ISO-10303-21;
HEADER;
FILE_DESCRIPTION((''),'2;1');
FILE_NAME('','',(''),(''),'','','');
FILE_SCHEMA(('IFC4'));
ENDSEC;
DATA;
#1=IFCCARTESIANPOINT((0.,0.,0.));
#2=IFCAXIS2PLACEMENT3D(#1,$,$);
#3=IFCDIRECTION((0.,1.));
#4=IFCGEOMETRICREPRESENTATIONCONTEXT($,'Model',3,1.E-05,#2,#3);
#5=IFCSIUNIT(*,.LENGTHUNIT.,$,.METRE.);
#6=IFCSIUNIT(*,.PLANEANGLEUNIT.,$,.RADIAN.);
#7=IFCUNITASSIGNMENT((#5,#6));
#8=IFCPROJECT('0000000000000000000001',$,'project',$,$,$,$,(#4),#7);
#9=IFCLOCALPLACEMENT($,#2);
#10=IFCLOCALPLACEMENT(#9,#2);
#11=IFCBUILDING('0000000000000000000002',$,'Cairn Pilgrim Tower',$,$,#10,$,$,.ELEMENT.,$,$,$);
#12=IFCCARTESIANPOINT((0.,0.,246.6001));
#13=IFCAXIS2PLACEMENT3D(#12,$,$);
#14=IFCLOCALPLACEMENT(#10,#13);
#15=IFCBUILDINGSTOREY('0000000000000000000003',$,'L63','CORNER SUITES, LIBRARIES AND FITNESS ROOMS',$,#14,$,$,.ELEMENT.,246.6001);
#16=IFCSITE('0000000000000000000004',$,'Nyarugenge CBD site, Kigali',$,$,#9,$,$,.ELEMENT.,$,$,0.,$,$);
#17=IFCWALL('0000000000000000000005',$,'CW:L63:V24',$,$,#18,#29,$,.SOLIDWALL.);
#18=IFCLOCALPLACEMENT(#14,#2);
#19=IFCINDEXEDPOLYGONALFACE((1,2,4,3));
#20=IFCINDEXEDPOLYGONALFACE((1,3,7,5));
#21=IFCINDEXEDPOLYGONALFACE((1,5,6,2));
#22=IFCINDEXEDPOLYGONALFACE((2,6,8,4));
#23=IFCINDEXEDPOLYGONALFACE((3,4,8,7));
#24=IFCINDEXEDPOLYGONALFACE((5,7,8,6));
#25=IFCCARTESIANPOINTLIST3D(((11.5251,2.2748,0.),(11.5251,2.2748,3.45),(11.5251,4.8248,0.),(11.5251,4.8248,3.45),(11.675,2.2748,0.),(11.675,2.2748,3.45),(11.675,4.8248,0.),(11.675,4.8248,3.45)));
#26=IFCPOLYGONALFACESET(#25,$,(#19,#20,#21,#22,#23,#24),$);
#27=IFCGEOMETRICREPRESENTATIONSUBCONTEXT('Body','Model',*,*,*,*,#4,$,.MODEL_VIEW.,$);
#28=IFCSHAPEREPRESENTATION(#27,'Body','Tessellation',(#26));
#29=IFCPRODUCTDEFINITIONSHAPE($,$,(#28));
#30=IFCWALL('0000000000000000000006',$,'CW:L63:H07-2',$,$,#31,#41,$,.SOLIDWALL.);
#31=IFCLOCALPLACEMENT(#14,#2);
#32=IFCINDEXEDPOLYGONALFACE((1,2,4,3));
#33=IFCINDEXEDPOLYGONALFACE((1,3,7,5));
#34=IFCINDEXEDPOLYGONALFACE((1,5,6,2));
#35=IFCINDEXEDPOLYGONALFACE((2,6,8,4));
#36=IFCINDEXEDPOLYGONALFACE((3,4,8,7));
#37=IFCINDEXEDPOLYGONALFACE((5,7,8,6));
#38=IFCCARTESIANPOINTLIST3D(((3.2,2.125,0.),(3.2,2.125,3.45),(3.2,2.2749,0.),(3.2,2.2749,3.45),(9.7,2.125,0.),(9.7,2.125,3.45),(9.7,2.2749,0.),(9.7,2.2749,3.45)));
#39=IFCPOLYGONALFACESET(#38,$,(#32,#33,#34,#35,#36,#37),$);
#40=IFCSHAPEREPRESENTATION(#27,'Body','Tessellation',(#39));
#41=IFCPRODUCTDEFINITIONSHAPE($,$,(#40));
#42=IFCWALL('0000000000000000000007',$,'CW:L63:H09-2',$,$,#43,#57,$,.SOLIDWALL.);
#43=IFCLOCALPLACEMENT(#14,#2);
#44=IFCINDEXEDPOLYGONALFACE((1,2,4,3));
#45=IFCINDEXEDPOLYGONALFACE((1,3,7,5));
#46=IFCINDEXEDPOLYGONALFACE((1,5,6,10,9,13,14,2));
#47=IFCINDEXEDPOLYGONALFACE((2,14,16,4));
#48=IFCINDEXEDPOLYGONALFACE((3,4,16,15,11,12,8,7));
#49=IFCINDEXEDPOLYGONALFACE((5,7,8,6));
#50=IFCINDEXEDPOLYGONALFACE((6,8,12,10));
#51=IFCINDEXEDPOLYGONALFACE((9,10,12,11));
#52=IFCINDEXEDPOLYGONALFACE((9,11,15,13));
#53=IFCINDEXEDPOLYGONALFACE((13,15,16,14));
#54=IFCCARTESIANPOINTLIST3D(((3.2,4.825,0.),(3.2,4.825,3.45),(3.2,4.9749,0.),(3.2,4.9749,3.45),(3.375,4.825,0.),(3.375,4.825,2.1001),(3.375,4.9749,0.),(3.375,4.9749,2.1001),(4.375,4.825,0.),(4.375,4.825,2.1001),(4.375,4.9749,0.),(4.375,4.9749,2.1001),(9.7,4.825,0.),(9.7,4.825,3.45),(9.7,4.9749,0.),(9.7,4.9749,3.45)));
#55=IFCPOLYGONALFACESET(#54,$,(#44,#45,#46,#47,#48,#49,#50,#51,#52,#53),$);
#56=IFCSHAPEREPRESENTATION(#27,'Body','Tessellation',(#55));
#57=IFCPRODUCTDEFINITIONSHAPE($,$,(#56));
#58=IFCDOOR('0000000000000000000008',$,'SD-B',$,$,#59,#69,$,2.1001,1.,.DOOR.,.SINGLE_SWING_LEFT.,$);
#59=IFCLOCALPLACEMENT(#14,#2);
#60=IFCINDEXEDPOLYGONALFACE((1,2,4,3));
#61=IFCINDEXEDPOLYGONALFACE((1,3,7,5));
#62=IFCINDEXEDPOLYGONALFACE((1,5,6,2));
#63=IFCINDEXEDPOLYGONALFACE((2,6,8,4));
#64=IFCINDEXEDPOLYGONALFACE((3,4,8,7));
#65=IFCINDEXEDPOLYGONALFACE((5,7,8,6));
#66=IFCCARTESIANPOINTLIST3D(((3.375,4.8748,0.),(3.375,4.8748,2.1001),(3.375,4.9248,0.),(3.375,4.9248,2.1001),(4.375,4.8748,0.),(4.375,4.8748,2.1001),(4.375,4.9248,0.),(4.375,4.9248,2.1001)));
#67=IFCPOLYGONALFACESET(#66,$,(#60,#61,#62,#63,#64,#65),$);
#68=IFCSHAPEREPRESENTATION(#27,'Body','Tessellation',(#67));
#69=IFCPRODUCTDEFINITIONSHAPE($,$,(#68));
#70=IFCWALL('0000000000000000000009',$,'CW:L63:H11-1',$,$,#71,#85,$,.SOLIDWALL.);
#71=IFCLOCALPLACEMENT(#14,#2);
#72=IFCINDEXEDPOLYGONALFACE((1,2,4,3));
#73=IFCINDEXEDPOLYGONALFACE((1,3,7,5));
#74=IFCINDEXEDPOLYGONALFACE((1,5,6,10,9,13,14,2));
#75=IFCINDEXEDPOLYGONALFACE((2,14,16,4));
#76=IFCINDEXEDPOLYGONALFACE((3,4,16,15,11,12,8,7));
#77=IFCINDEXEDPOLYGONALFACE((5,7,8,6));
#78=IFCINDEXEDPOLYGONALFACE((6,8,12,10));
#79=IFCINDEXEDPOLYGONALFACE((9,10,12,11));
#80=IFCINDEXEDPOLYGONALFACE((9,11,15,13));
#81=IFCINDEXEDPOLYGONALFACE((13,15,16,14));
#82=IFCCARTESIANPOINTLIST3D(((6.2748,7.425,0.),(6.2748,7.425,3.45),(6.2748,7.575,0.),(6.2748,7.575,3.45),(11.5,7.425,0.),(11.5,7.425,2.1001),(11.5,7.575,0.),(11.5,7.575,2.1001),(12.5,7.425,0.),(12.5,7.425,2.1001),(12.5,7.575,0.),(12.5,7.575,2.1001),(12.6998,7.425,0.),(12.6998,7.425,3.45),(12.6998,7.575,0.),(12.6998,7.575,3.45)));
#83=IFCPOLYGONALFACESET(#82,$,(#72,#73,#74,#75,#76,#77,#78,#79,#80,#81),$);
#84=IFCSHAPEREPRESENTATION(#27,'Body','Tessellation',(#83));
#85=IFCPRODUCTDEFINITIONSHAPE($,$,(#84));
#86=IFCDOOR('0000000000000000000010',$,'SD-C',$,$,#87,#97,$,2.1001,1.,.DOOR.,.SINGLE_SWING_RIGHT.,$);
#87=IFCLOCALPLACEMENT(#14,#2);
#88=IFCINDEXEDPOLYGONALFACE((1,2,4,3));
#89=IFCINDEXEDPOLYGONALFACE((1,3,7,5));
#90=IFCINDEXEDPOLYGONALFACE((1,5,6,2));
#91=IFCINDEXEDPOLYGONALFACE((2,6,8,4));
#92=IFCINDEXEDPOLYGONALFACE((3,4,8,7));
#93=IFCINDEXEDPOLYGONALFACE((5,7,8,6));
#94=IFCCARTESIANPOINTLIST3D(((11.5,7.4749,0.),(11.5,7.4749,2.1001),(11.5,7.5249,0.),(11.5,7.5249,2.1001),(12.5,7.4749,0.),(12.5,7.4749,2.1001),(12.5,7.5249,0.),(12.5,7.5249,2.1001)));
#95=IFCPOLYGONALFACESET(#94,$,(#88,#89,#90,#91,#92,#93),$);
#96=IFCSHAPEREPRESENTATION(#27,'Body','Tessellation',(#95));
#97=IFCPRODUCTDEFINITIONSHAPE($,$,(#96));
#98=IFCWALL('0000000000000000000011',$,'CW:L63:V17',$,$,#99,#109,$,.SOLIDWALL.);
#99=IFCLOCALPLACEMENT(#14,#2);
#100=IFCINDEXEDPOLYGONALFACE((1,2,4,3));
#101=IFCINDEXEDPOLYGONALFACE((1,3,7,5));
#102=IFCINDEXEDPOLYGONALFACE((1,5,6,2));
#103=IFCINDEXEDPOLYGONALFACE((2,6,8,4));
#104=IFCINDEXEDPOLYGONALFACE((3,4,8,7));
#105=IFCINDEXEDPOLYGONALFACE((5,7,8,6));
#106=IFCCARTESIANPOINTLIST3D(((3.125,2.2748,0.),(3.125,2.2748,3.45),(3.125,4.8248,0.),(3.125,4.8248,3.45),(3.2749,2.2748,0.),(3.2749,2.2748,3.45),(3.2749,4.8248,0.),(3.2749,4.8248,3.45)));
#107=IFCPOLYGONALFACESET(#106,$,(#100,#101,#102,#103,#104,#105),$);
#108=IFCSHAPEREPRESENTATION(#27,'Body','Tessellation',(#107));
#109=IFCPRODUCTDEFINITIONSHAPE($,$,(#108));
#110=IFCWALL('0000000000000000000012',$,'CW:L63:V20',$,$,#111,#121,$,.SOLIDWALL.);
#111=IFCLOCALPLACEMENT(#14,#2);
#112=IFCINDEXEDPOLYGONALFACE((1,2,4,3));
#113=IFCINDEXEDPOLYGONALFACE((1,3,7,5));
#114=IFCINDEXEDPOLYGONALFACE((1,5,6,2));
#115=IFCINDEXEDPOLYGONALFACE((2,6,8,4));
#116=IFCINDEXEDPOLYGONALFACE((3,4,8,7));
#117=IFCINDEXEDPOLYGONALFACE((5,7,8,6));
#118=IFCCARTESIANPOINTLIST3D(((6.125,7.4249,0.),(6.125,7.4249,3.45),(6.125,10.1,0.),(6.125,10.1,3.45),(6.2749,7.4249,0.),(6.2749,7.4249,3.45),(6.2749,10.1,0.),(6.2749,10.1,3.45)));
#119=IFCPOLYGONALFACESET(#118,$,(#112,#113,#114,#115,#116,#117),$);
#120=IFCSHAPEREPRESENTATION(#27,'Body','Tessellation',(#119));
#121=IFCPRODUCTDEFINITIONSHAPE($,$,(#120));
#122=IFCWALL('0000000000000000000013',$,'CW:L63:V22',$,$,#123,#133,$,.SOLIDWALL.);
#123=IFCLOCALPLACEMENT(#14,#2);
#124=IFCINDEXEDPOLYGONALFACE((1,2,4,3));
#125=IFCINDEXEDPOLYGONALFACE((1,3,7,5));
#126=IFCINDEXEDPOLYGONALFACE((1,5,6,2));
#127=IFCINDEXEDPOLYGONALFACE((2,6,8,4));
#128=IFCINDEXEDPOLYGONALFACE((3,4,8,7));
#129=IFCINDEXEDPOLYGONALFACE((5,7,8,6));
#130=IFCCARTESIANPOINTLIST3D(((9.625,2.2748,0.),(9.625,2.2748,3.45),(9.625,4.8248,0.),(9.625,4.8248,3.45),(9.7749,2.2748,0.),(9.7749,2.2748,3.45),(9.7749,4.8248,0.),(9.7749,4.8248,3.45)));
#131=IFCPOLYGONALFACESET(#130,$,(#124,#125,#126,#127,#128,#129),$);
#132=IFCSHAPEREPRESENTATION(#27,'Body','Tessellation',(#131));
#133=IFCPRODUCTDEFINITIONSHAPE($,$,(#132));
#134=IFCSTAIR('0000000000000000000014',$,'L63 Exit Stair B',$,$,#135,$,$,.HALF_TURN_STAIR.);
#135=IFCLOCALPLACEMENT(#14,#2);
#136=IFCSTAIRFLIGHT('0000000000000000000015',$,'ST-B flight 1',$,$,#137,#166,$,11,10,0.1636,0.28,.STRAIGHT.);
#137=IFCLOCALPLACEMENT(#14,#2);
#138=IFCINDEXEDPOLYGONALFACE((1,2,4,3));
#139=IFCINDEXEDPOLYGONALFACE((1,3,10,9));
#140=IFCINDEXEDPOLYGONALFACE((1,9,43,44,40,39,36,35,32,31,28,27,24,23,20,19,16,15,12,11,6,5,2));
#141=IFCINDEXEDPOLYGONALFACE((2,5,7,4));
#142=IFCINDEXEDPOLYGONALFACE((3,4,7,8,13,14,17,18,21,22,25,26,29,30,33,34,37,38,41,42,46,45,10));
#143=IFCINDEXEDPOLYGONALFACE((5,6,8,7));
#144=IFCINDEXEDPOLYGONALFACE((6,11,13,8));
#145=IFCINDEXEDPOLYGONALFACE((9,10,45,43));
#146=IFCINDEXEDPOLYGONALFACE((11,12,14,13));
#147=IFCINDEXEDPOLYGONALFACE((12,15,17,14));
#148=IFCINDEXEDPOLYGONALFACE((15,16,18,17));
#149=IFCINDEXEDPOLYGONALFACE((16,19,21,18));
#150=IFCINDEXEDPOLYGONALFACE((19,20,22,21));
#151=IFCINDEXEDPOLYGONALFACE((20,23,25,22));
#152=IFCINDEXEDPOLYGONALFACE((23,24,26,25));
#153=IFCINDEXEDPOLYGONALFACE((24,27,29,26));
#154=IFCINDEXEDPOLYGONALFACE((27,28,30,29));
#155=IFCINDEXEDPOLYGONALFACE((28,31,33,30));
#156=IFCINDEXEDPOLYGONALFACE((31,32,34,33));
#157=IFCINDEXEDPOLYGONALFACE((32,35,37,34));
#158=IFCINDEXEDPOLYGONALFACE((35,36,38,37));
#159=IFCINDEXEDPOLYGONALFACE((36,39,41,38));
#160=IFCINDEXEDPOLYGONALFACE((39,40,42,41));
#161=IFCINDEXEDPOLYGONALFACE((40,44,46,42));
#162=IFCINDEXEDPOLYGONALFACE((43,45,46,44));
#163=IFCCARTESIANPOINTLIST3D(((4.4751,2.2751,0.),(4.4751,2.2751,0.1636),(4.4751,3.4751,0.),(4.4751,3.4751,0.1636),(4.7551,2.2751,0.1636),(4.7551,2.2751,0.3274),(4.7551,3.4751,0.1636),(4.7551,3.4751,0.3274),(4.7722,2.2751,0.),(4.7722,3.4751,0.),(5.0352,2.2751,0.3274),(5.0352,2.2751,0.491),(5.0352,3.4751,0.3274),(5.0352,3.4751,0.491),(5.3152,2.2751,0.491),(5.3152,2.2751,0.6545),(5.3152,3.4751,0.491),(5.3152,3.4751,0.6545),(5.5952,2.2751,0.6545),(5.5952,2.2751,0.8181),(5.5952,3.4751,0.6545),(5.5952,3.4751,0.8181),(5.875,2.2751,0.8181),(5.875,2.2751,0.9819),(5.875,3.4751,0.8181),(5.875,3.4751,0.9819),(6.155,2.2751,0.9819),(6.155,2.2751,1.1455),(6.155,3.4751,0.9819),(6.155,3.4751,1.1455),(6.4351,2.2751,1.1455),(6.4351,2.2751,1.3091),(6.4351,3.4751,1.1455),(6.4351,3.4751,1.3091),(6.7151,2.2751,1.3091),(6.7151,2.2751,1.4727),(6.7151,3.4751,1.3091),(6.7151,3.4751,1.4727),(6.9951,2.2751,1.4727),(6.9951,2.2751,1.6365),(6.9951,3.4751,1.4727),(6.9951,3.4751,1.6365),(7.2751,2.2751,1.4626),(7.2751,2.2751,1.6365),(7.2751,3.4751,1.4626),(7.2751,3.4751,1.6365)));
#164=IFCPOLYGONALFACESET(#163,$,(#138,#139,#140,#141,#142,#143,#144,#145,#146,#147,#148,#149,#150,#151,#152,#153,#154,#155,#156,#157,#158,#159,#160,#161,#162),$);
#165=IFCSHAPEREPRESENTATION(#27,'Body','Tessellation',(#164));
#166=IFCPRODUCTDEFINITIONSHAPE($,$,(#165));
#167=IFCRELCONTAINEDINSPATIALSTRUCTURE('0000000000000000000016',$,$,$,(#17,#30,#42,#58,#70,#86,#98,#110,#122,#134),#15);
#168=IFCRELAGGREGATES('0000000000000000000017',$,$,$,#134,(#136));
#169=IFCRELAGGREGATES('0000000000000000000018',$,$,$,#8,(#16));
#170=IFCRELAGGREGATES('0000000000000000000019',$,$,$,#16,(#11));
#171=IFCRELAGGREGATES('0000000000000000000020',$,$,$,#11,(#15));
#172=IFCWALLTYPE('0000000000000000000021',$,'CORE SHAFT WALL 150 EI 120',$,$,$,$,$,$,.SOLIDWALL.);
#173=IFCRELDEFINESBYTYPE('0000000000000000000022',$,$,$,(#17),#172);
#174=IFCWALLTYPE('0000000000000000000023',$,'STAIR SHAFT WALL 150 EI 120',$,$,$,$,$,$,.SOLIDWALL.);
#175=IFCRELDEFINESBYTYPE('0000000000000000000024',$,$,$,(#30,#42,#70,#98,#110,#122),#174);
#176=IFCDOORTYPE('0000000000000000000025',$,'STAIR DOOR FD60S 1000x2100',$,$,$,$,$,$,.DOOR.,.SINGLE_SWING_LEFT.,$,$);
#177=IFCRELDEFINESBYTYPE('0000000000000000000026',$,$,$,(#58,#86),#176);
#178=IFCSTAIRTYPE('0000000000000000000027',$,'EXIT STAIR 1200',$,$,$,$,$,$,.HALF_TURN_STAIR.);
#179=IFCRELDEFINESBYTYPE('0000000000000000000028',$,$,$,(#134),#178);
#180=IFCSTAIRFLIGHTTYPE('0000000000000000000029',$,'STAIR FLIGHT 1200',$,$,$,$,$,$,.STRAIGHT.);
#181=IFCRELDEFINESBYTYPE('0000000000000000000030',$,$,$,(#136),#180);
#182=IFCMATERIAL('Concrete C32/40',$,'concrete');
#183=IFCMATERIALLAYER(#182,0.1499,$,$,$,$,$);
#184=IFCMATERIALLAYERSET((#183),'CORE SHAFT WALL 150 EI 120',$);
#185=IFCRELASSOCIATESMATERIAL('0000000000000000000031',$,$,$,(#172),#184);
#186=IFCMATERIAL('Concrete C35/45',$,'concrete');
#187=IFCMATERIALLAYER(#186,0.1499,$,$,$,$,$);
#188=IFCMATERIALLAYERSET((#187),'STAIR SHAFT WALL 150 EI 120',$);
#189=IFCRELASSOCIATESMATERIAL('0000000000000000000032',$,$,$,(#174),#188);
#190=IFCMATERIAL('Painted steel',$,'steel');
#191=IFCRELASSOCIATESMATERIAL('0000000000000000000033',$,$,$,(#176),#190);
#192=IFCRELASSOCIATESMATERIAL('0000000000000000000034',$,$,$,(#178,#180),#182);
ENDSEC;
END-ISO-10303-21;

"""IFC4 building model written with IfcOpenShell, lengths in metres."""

from ifc_helpers import new_model, si_unit, direction, frame, frame_2d, origin, place, context, subcontext, project, spatial, polyline, rectangle, outline, extrude, material, layer, layer_set, type_object, element, fill, aggregate, save


model = new_model("IFC4")

# Units and contexts
model_context = context("Model", 3, precision=1e-05, world=origin(), true_north=direction((0.0, 1.0)))
body_context = subcontext(model_context, "Body", "Model", "MODEL_VIEW")
ifc_project = project(units=[si_unit("LENGTHUNIT", "METRE"), si_unit("PLANEANGLEUNIT", "RADIAN")], contexts=[model_context])

# Site, building, storey
site_placement = place(None, origin())
site = spatial("IfcSite", under=ifc_project, at=site_placement, Name="Nyarugenge CBD site, Kigali", CompositionType="ELEMENT", RefElevation=0.0)
building_placement = place(site_placement, origin())
building = spatial("IfcBuilding", under=site, at=building_placement, Name="Cairn Pilgrim Tower", CompositionType="ELEMENT")
storey_placement = place(building_placement, frame((0.0, 0.0, 246.6001)))
storey = spatial("IfcBuildingStorey", under=building, at=storey_placement, Name="L63", Description="CORNER SUITES, LIBRARIES AND FITNESS ROOMS", CompositionType="ELEMENT", Elevation=246.6001)

# Shared definitions
ifc_material_1 = material(Name="Concrete C32/40", Category="concrete")
ifc_layer_1 = layer(ifc_material_1, 0.1499)
ifc_layer_set_1 = layer_set([ifc_layer_1], Name="CORE SHAFT WALL 150 EI 120")
wall_type_1 = type_object("IfcWallType", Name="CORE SHAFT WALL 150 EI 120", PredefinedType="SOLIDWALL", material=ifc_layer_set_1)

# Shared definitions
ifc_material_2 = material(Name="Painted steel", Category="steel")

# Walls
wall_1_placement = place(storey_placement, frame((11.6001, 2.2749, 0.0), z_axis=(0.0, 0.0, 1.0), x_axis=(0.0, 1.0, 0.0)))
element("IfcWall", 1, at=wall_1_placement, inside=storey, type_object=wall_type_1, Name="CW:L63:V24", PredefinedType="SOLIDWALL", context=body_context, shape_type="SweptSolid", body=[
    extrude(rectangle(XDim=2.55, YDim=0.1499, at=frame_2d((1.2749, 0.0))), origin(), (0.0, 0.0, 1.0), 3.45),
])
ifc_material_3 = material(Name="Concrete C35/45", Category="concrete")
ifc_layer_2 = layer(ifc_material_3, 0.1499)
ifc_layer_set_2 = layer_set([ifc_layer_2], Name="STAIR SHAFT WALL 150 EI 120")
wall_type_2 = type_object("IfcWallType", Name="STAIR SHAFT WALL 150 EI 120", PredefinedType="SOLIDWALL", material=ifc_layer_set_2)
wall_2_placement = place(storey_placement, frame((3.2, 2.2, 0.0), z_axis=(0.0, 0.0, 1.0), x_axis=(1.0, 0.0, 0.0)))
element("IfcWall", 2, at=wall_2_placement, inside=storey, type_object=wall_type_2, Name="CW:L63:H07-2", PredefinedType="SOLIDWALL", context=body_context, shape_type="SweptSolid", body=[
    extrude(rectangle(XDim=6.5, YDim=0.1499, at=frame_2d((3.25, 0.0))), origin(), (0.0, 0.0, 1.0), 3.45),
])

# Walls, openings, doors
wall_3_placement = place(storey_placement, frame((3.2, 4.8999, 0.0), z_axis=(0.0, 0.0, 1.0), x_axis=(1.0, 0.0, 0.0)))
wall_3 = element("IfcWall", 3, at=wall_3_placement, inside=storey, type_object=wall_type_2, Name="CW:L63:H09-2", PredefinedType="SOLIDWALL", context=body_context, shape_type="SweptSolid", body=[
    extrude(rectangle(XDim=6.5, YDim=0.1499, at=frame_2d((3.25, 0.0))), origin(), (0.0, 0.0, 1.0), 3.45),
])
opening_1_placement = place(wall_3_placement, frame((0.175, 0.0, 0.0)))
opening_1 = element("IfcOpeningElement", 4, at=opening_1_placement, cuts=wall_3, PredefinedType="OPENING", context=body_context, shape_type="SweptSolid", body=[
    extrude(rectangle(XDim=1.0, YDim=2.1001, at=frame_2d((0.5, 1.05))), frame((0.0, 0.085, 0.0), z_axis=(0.0, -1.0, 0.0), x_axis=(1.0, 0.0, 0.0)), (0.0, 0.0, 1.0), 0.1699),
])
door_type_1 = type_object("IfcDoorType", Name="STAIR DOOR FD60S 1000x2100", OperationType="SINGLE_SWING_LEFT", PredefinedType="DOOR", material=ifc_material_2)
door_1_placement = place(opening_1_placement, origin())
door_1 = element("IfcDoor", 5, at=door_1_placement, inside=storey, type_object=door_type_1, Name="SD-B", OperationType="SINGLE_SWING_LEFT", OverallHeight=2.1001, OverallWidth=1.0, PredefinedType="DOOR", context=body_context, shape_type="SweptSolid", body=[
    extrude(rectangle(XDim=1.0, YDim=2.1001, at=frame_2d((0.5, 1.05))), frame((0.0, 0.0249, 0.0), z_axis=(0.0, -1.0, 0.0), x_axis=(1.0, 0.0, 0.0)), (0.0, 0.0, 1.0), 0.05),
])
fill(opening_1, door_1)
wall_4_placement = place(storey_placement, frame((6.2749, 7.5, 0.0), z_axis=(0.0, 0.0, 1.0), x_axis=(1.0, 0.0, 0.0)))
wall_4 = element("IfcWall", 6, at=wall_4_placement, inside=storey, type_object=wall_type_2, Name="CW:L63:H11-1", PredefinedType="SOLIDWALL", context=body_context, shape_type="SweptSolid", body=[
    extrude(rectangle(XDim=6.425, YDim=0.1499, at=frame_2d((3.2124, 0.0))), origin(), (0.0, 0.0, 1.0), 3.45),
])
opening_2_placement = place(wall_4_placement, frame((5.2251, 0.0, 0.0)))
opening_2 = element("IfcOpeningElement", 7, at=opening_2_placement, cuts=wall_4, PredefinedType="OPENING", context=body_context, shape_type="SweptSolid", body=[
    extrude(rectangle(XDim=1.0, YDim=2.1001, at=frame_2d((0.5, 1.05))), frame((0.0, 0.085, 0.0), z_axis=(0.0, -1.0, 0.0), x_axis=(1.0, 0.0, 0.0)), (0.0, 0.0, 1.0), 0.1699),
])
door_2_placement = place(opening_2_placement, origin())
door_2 = element("IfcDoor", 8, at=door_2_placement, inside=storey, type_object=door_type_1, Name="SD-C", OperationType="SINGLE_SWING_RIGHT", OverallHeight=2.1001, OverallWidth=1.0, PredefinedType="DOOR", context=body_context, shape_type="SweptSolid", body=[
    extrude(rectangle(XDim=1.0, YDim=2.1001, at=frame_2d((0.5, 1.05))), frame((0.0, 0.0249, 0.0), z_axis=(0.0, -1.0, 0.0), x_axis=(1.0, 0.0, 0.0)), (0.0, 0.0, 1.0), 0.05),
])
fill(opening_2, door_2)

# Walls
wall_5_placement = place(storey_placement, frame((3.2, 2.2749, 0.0), z_axis=(0.0, 0.0, 1.0), x_axis=(0.0, 1.0, 0.0)))
element("IfcWall", 9, at=wall_5_placement, inside=storey, type_object=wall_type_2, Name="CW:L63:V17", PredefinedType="SOLIDWALL", context=body_context, shape_type="SweptSolid", body=[
    extrude(rectangle(XDim=2.55, YDim=0.1499, at=frame_2d((1.2749, 0.0))), origin(), (0.0, 0.0, 1.0), 3.45),
])
wall_6_placement = place(storey_placement, frame((6.2, 7.425, 0.0), z_axis=(0.0, 0.0, 1.0), x_axis=(0.0, 1.0, 0.0)))
element("IfcWall", 10, at=wall_6_placement, inside=storey, type_object=wall_type_2, Name="CW:L63:V20", PredefinedType="SOLIDWALL", context=body_context, shape_type="SweptSolid", body=[
    extrude(rectangle(XDim=2.675, YDim=0.1499, at=frame_2d((1.3374, 0.0))), origin(), (0.0, 0.0, 1.0), 3.45),
])
wall_7_placement = place(storey_placement, frame((9.7, 2.2749, 0.0), z_axis=(0.0, 0.0, 1.0), x_axis=(0.0, 1.0, 0.0)))
element("IfcWall", 11, at=wall_7_placement, inside=storey, type_object=wall_type_2, Name="CW:L63:V22", PredefinedType="SOLIDWALL", context=body_context, shape_type="SweptSolid", body=[
    extrude(rectangle(XDim=2.55, YDim=0.1499, at=frame_2d((1.2749, 0.0))), origin(), (0.0, 0.0, 1.0), 3.45),
])

# Stair, stair flight
stair_type = type_object("IfcStairType", Name="EXIT STAIR 1200", PredefinedType="HALF_TURN_STAIR", material=ifc_material_1)
stair_1_placement = place(storey_placement, origin())
stair_1 = element("IfcStair", 12, at=stair_1_placement, inside=storey, type_object=stair_type, Name="L63 Exit Stair B", PredefinedType="HALF_TURN_STAIR")
stair_flight_type = type_object("IfcStairFlightType", Name="STAIR FLIGHT 1200", PredefinedType="STRAIGHT", material=ifc_material_1)
stair_flight_1_placement = place(storey_placement, frame((4.4751, 2.875, 0.0), z_axis=(0.0, 0.0, 1.0), x_axis=(1.0, 0.0, 0.0)))
stair_flight_1 = element("IfcStairFlight", 13, at=stair_flight_1_placement, type_object=stair_flight_type, Name="ST-B flight 1", NumberOfRisers=11, NumberOfTreads=10, PredefinedType="STRAIGHT", RiserHeight=0.1636, TreadLength=0.28, context=body_context, shape_type="SweptSolid", body=[
    extrude(outline(polyline([(0.0, 0.0), (0.0, 0.1636), (0.28, 0.1636), (0.28, 0.3274), (0.5601, 0.3274), (0.5601, 0.491), (0.8401, 0.491), (0.8401, 0.6545), (1.1201, 0.6545), (1.1201, 0.8181), (1.3999, 0.8181), (1.3999, 0.9819), (1.6799, 0.9819), (1.6799, 1.1455), (1.96, 1.1455), (1.96, 1.3091), (2.24, 1.3091), (2.24, 1.4727), (2.52, 1.4727), (2.52, 1.6365), (2.8, 1.6365), (2.8, 1.8), (2.8, 1.4626), (0.2971, 0.0), (0.0, 0.0)])), frame((0.0, 0.6001, 0.0), z_axis=(0.0, -1.0, 0.0), x_axis=(1.0, 0.0, 0.0)), (0.0, 0.0, 1.0), 1.2),
])
aggregate(stair_1, [stair_flight_1])

save(model, "model.ifc")
